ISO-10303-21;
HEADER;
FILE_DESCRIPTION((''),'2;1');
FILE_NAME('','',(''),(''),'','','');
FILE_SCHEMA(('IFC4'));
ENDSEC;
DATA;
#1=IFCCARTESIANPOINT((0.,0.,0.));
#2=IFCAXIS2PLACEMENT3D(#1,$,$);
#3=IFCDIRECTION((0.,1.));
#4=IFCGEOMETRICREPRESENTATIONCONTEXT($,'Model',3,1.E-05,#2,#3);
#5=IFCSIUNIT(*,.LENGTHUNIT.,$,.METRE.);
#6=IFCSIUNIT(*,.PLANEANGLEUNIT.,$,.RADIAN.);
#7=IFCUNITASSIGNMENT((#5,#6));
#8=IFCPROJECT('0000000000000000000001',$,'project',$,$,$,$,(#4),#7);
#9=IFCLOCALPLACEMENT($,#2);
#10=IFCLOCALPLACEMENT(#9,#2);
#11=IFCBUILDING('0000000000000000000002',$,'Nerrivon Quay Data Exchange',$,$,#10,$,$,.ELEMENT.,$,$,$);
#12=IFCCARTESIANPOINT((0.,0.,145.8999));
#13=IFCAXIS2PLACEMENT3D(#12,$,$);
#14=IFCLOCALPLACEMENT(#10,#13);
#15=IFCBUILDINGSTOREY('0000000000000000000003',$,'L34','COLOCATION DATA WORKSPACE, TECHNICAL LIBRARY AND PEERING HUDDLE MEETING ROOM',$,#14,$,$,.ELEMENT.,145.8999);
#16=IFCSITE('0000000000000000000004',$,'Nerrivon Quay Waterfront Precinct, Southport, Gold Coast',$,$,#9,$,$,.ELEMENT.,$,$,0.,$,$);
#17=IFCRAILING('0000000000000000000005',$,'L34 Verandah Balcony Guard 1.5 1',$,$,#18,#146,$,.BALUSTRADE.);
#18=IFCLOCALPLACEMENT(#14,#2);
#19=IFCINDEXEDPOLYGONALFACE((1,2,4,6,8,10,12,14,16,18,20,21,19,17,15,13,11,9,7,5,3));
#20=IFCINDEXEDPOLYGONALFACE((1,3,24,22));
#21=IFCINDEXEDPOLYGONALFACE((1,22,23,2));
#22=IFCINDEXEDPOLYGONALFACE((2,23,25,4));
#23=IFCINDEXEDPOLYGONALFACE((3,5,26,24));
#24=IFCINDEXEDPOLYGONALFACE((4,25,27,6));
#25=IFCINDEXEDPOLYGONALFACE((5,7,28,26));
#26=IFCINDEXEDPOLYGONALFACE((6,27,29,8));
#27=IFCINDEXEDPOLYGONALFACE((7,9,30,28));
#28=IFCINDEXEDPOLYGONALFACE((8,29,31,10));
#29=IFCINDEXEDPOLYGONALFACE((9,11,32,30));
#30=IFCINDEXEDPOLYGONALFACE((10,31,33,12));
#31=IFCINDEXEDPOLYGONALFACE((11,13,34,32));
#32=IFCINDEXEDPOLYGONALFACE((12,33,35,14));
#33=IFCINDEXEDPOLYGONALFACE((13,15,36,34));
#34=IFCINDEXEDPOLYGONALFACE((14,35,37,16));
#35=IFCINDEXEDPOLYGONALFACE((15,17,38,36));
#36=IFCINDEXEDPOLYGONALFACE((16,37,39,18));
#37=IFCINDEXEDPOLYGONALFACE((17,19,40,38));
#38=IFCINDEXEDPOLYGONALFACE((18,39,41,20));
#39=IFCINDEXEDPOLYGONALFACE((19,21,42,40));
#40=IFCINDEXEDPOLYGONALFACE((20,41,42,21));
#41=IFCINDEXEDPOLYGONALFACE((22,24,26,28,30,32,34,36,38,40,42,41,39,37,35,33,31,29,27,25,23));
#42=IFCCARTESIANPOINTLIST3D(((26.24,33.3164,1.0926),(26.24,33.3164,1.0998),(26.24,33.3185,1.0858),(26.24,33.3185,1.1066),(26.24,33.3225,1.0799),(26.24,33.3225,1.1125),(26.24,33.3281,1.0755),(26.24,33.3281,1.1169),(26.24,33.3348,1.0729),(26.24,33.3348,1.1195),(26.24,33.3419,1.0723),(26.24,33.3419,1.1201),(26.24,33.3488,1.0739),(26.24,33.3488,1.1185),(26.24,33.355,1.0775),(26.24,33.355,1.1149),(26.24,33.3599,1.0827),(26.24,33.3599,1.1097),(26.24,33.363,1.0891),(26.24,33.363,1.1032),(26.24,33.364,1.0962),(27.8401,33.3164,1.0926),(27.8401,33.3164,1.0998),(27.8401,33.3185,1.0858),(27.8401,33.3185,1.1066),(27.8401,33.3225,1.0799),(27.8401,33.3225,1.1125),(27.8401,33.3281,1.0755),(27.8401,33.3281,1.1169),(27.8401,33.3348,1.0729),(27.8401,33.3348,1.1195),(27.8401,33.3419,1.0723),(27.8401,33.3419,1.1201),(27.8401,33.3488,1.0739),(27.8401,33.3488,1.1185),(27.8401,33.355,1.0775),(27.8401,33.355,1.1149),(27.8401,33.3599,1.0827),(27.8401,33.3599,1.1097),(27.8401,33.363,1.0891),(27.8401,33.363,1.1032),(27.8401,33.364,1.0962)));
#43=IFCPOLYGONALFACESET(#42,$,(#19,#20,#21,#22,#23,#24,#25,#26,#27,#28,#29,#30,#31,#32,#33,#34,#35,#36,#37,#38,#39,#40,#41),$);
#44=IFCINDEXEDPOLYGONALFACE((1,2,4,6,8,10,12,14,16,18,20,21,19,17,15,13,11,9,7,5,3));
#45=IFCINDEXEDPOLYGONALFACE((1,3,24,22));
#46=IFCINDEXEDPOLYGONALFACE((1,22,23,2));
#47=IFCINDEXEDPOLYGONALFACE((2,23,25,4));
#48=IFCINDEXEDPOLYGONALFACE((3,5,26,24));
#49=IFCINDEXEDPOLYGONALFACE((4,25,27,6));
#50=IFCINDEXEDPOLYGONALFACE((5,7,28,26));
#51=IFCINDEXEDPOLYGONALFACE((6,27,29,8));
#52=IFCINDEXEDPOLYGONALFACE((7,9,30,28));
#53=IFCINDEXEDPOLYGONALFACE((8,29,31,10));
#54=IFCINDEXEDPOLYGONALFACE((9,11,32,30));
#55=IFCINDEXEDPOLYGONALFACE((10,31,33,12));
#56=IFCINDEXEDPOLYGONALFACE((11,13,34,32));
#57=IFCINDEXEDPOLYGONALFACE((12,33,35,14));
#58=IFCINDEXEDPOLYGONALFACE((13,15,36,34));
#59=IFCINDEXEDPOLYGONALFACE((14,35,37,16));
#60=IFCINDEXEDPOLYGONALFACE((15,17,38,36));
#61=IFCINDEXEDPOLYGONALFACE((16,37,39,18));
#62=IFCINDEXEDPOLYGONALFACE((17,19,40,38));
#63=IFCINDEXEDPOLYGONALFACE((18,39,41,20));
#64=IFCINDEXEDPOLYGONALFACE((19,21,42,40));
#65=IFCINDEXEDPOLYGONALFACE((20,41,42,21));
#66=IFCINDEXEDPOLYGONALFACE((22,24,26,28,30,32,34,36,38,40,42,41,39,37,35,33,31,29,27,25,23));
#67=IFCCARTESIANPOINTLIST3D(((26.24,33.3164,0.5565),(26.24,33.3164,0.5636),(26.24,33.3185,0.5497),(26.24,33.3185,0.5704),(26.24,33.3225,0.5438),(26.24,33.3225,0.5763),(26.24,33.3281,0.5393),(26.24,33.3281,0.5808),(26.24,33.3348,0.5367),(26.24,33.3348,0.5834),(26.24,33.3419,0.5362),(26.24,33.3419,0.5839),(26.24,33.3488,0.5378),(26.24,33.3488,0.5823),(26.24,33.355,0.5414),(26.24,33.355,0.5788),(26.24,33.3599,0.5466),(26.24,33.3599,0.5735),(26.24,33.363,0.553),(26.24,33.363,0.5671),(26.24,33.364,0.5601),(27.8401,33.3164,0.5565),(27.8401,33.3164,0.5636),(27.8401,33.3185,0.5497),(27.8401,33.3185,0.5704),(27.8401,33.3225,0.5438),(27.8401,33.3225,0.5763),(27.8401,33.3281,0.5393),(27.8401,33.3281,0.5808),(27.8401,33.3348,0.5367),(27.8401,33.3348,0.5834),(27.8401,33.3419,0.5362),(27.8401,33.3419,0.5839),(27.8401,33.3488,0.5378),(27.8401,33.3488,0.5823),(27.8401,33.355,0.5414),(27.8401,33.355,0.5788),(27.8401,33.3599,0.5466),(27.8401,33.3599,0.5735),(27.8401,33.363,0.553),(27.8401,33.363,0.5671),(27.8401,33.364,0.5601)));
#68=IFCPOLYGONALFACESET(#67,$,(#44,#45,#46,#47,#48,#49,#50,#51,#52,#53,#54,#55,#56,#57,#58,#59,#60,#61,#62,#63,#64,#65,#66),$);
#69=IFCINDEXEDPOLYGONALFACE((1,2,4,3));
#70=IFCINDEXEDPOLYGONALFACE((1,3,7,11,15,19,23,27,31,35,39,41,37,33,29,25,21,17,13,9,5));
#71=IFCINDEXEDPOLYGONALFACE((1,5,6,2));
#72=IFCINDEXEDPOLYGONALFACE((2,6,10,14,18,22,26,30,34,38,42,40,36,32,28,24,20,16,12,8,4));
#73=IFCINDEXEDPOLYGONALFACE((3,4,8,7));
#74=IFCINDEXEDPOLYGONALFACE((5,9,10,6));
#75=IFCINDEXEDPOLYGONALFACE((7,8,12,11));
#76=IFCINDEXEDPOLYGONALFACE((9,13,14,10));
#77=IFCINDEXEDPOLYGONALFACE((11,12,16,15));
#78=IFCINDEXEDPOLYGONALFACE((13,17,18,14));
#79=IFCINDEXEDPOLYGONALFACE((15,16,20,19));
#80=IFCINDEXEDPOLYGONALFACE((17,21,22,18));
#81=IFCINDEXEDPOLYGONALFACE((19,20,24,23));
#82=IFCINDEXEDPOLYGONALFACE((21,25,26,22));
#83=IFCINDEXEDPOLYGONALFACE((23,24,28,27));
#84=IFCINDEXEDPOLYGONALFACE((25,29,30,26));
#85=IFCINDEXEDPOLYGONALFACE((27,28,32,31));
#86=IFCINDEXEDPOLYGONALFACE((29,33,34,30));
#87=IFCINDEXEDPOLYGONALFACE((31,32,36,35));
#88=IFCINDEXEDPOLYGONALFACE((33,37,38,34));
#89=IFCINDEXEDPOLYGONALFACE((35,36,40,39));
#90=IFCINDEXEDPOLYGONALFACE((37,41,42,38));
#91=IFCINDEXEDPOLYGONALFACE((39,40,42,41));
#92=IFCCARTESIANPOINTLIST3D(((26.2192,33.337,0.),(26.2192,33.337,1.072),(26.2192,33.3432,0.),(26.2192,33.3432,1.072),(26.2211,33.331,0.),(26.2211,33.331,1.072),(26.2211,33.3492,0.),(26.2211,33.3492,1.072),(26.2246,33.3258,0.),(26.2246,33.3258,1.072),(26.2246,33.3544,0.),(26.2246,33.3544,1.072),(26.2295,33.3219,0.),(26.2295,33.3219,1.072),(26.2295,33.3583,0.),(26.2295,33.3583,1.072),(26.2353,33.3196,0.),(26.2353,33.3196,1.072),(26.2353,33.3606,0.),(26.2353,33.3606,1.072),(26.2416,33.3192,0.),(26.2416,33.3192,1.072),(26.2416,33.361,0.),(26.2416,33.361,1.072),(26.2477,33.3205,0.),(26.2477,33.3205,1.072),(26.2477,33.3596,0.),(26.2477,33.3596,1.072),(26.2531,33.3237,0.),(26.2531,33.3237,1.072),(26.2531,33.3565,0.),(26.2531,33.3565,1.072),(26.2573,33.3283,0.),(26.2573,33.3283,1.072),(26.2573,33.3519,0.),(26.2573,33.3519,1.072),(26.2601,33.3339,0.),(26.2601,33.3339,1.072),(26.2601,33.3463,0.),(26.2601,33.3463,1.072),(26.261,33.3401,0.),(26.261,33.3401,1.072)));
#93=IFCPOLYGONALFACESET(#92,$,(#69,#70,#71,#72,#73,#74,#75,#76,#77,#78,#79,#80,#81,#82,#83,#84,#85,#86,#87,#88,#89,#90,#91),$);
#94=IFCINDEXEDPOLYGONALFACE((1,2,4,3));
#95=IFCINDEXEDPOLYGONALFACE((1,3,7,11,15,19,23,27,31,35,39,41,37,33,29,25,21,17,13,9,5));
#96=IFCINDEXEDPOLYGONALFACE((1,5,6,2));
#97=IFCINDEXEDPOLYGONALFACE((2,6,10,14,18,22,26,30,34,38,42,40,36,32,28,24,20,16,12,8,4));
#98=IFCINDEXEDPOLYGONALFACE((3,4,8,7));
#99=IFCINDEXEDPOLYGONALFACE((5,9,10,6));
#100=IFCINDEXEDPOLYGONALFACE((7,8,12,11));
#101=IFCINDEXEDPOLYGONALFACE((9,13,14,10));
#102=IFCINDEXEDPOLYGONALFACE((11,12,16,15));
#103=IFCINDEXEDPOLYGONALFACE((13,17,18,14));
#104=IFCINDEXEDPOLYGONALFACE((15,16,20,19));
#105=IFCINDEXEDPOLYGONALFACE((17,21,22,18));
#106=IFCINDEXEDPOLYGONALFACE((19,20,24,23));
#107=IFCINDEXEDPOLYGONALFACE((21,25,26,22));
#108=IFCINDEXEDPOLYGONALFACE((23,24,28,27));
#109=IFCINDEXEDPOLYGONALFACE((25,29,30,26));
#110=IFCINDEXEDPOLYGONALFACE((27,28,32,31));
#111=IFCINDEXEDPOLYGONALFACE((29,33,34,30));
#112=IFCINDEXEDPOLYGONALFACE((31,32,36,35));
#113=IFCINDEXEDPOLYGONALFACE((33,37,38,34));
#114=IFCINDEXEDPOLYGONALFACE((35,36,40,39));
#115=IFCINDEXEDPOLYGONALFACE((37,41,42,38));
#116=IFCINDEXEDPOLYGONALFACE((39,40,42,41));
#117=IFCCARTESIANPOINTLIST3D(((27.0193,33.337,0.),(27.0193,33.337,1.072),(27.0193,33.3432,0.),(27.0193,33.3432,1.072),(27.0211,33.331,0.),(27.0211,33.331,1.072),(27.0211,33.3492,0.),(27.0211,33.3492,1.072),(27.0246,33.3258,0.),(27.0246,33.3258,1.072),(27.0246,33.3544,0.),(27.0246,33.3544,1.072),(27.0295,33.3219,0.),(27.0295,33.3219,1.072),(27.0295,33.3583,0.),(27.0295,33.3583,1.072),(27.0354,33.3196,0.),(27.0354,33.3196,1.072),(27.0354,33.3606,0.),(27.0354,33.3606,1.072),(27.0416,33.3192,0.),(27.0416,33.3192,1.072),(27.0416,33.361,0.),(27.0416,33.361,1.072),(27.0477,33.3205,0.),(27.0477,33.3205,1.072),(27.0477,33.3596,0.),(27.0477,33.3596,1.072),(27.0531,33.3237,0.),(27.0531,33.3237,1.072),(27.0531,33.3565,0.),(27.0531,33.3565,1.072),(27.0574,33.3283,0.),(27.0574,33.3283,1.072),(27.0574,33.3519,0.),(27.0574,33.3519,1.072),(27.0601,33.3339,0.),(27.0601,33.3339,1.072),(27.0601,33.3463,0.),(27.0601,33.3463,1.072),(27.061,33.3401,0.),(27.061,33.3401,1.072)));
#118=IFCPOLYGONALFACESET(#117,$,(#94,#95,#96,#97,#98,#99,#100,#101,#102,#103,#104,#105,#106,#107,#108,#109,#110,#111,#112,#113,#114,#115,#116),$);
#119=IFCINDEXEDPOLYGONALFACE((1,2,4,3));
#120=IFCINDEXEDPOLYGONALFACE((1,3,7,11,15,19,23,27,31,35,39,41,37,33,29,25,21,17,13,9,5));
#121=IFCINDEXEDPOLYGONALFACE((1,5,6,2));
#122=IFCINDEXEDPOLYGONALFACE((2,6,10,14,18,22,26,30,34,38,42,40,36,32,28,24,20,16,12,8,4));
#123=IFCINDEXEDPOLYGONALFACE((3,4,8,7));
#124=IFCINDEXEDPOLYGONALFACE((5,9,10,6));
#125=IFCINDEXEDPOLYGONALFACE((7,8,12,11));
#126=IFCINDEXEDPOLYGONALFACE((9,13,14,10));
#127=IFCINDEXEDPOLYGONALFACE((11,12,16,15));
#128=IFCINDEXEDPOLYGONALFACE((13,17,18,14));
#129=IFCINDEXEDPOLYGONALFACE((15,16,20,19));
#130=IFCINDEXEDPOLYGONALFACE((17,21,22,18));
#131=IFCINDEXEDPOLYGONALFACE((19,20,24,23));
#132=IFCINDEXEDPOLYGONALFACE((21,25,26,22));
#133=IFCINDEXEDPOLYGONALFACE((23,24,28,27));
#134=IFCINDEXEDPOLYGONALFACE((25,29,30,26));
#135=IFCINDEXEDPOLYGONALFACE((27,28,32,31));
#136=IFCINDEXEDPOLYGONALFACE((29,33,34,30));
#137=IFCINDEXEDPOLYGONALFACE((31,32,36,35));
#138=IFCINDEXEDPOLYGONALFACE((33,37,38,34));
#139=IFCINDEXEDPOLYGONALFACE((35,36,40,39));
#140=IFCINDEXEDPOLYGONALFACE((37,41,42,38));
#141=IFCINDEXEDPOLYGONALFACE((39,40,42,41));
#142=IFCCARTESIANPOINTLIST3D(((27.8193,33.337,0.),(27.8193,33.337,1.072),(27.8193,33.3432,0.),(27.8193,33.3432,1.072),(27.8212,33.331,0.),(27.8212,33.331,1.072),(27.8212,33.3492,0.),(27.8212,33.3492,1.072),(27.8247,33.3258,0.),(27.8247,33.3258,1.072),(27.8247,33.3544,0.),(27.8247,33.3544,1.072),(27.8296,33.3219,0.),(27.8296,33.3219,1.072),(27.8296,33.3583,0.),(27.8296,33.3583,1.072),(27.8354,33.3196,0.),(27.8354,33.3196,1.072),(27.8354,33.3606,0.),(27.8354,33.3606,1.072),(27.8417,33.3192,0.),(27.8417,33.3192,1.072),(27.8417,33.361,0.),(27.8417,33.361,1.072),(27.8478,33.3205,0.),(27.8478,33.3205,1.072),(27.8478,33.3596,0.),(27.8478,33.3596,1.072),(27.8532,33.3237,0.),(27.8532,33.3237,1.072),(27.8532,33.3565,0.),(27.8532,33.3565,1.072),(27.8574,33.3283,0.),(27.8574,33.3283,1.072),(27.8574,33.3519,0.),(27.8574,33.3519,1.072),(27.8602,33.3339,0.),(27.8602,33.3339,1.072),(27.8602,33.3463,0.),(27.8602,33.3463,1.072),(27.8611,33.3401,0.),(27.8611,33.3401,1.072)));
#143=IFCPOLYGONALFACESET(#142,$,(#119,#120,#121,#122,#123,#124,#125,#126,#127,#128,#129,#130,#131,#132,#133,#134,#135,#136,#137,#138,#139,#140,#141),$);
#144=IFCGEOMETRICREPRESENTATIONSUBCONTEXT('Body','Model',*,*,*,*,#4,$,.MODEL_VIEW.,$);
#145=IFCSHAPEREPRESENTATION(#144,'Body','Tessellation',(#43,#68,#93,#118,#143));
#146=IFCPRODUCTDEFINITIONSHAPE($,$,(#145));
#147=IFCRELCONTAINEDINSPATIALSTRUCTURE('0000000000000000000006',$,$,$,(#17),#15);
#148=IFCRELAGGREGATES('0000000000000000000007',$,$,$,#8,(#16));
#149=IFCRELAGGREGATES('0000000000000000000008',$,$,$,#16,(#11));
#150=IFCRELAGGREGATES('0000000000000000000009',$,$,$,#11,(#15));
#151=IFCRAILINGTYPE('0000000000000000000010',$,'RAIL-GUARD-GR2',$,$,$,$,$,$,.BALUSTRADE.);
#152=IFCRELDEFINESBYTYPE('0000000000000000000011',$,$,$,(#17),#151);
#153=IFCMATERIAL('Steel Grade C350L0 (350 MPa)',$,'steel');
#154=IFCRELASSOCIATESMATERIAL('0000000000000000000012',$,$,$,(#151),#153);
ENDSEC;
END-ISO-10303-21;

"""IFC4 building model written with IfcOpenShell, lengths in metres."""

from ifc_helpers import new_model, si_unit, direction, frame, origin, origin_2d, place, context, subcontext, project, spatial, circle, extrude, material, type_object, element, save


model = new_model("IFC4")

# Units and contexts
model_context = context("Model", 3, precision=1e-05, world=origin(), true_north=direction((0.0, 1.0)))
body_context = subcontext(model_context, "Body", "Model", "MODEL_VIEW")
ifc_project = project(units=[si_unit("LENGTHUNIT", "METRE"), si_unit("PLANEANGLEUNIT", "RADIAN")], contexts=[model_context])

# Site, building, storey
site_placement = place(None, origin())
site = spatial("IfcSite", under=ifc_project, at=site_placement, Name="Nerrivon Quay Waterfront Precinct, Southport, Gold Coast", CompositionType="ELEMENT", RefElevation=0.0)
building_placement = place(site_placement, origin())
building = spatial("IfcBuilding", under=site, at=building_placement, Name="Nerrivon Quay Data Exchange", CompositionType="ELEMENT")
storey_placement = place(building_placement, frame((0.0, 0.0, 145.8999)))
storey = spatial("IfcBuildingStorey", under=building, at=storey_placement, Name="L34", Description="COLOCATION DATA WORKSPACE, TECHNICAL LIBRARY AND PEERING HUDDLE MEETING ROOM", CompositionType="ELEMENT", Elevation=145.8999)

# Railing
ifc_material_1 = material(Name="Steel Grade C350L0 (350 MPa)", Category="steel")
railing_type = type_object("IfcRailingType", Name="RAIL-GUARD-GR2", PredefinedType="BALUSTRADE", material=ifc_material_1)
railing_1_placement = place(storey_placement, frame((26.24, 33.3401, 0.0)))
element("IfcRailing", 1, at=railing_1_placement, inside=storey, type_object=railing_type, Name="L34 Verandah Balcony Guard 1.5 1", PredefinedType="BALUSTRADE", context=body_context, shape_type="SweptSolid", body=[
    extrude(circle(Radius=0.0239, at=origin_2d()), frame((0.0, 0.0, 1.0962), z_axis=(1.0, 0.0, 0.0), x_axis=(0.0, 1.0, 0.0)), (0.0, 0.0, 1.0), 1.6001),
    extrude(circle(Radius=0.0239, at=origin_2d()), frame((0.0, 0.0, 0.5601), z_axis=(1.0, 0.0, 0.0), x_axis=(0.0, 1.0, 0.0)), (0.0, 0.0, 1.0), 1.6001),
    extrude(circle(Radius=0.021, at=origin_2d()), origin(), (0.0, 0.0, 1.0), 1.072),
    extrude(circle(Radius=0.021, at=origin_2d()), frame((0.8, 0.0, 0.0)), (0.0, 0.0, 1.0), 1.072),
    extrude(circle(Radius=0.021, at=origin_2d()), frame((1.6001, 0.0, 0.0)), (0.0, 0.0, 1.0), 1.072),
])

save(model, "model.ifc")
